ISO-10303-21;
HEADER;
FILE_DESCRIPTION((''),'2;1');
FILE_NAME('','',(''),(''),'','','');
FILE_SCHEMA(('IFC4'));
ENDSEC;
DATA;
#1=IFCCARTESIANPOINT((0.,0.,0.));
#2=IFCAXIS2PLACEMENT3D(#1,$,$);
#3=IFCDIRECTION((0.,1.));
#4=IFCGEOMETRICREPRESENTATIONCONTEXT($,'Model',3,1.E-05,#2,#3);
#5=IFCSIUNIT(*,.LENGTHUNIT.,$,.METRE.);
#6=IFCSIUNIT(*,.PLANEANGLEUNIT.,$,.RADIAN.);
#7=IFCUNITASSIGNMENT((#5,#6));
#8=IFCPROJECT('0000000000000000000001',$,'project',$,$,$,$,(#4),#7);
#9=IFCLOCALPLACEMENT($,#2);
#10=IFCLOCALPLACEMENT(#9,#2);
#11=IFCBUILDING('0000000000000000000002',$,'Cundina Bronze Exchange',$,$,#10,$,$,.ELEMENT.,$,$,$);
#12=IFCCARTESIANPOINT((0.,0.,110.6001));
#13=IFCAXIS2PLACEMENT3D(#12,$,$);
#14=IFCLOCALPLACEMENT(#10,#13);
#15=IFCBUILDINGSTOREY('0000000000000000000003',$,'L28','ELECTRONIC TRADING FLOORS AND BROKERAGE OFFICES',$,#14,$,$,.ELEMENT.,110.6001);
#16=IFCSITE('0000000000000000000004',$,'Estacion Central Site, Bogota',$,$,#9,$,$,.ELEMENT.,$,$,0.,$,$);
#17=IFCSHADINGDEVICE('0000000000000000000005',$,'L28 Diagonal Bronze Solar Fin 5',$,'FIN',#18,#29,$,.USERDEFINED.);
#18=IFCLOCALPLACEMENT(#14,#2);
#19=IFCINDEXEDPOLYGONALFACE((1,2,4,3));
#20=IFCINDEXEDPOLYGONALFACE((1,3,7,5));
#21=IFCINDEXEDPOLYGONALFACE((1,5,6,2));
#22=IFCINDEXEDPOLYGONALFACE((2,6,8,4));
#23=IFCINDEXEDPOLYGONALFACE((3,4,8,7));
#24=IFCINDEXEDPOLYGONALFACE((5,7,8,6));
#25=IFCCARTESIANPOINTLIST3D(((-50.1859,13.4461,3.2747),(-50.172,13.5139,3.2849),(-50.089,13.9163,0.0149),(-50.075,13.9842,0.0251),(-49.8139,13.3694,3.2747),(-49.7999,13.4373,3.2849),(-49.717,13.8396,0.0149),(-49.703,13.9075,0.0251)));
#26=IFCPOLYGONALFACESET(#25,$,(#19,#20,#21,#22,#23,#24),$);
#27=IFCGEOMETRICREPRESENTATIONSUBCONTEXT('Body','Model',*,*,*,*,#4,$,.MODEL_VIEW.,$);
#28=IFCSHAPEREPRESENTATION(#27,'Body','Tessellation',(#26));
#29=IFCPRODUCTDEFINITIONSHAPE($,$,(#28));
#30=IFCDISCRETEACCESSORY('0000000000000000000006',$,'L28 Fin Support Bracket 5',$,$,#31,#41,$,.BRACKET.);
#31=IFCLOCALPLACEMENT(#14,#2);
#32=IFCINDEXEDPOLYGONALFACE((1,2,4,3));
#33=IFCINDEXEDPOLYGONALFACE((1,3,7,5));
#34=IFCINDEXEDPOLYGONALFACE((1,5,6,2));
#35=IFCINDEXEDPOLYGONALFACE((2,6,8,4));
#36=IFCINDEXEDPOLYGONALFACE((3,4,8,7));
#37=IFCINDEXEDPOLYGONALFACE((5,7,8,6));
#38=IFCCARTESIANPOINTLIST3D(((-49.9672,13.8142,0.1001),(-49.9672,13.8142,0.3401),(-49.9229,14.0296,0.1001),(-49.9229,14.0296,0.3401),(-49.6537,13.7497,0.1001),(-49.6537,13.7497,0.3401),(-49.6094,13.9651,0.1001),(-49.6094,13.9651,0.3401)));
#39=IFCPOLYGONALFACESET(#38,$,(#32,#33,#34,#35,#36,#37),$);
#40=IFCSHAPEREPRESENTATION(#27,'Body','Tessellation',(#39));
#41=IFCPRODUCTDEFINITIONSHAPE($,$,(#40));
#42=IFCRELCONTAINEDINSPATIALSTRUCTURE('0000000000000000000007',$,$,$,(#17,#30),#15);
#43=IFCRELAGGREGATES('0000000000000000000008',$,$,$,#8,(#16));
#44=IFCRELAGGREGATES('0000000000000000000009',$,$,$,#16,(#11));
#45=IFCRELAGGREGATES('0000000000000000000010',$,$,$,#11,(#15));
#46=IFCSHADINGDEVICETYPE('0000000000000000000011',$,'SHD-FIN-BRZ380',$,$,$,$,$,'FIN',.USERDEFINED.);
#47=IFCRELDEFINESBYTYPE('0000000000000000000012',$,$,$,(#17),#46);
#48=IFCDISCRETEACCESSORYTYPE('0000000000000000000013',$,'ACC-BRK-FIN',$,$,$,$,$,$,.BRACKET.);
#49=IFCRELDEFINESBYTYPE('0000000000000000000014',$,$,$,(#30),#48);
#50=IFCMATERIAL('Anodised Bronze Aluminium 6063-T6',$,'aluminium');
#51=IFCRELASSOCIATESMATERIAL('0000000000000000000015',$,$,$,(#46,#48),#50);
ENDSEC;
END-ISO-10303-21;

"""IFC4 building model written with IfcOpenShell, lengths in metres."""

from ifc_helpers import new_model, si_unit, direction, frame, origin, origin_2d, place, context, subcontext, project, spatial, rectangle, extrude, material, material_profile, profile_set, type_object, element, save


model = new_model("IFC4")

# Units and contexts
model_context = context("Model", 3, precision=1e-05, world=origin(), true_north=direction((0.0, 1.0)))
body_context = subcontext(model_context, "Body", "Model", "MODEL_VIEW")
ifc_project = project(units=[si_unit("LENGTHUNIT", "METRE"), si_unit("PLANEANGLEUNIT", "RADIAN")], contexts=[model_context])

# Site, building, storey
site_placement = place(None, origin())
site = spatial("IfcSite", under=ifc_project, at=site_placement, Name="Estacion Central Site, Bogota", CompositionType="ELEMENT", RefElevation=0.0)
building_placement = place(site_placement, origin())
building = spatial("IfcBuilding", under=site, at=building_placement, Name="Cundina Bronze Exchange", CompositionType="ELEMENT")
storey_placement = place(building_placement, frame((0.0, 0.0, 110.6001)))
storey = spatial("IfcBuildingStorey", under=building, at=storey_placement, Name="L28", Description="ELECTRONIC TRADING FLOORS AND BROKERAGE OFFICES", CompositionType="ELEMENT", Elevation=110.6001)

# Shared definitions
ifc_material_1 = material(Name="Anodised Bronze Aluminium 6063-T6", Category="aluminium")

# Shading device
ifc_material_profile_1 = material_profile(ifc_material_1, rectangle(XDim=0.0701, YDim=0.3799, at=origin_2d()), Name="FIN70X380", Category="aluminium")
ifc_profile_set_1 = profile_set([ifc_material_profile_1], Name="Anodised Bronze Aluminium 6063-T6")
shading_device_type = type_object("IfcShadingDeviceType", Name="SHD-FIN-BRZ380", ElementType="FIN", PredefinedType="USERDEFINED", material=ifc_profile_set_1)
shading_device_placement = place(storey_placement, frame((-49.896, 13.9119, 0.02), z_axis=(-0.029416, -0.142709, 0.989328), x_axis=(0.199728, 0.968957, 0.145709)))
element("IfcShadingDevice", 1, at=shading_device_placement, inside=storey, type_object=shading_device_type, Name="L28 Diagonal Bronze Solar Fin 5", ObjectType="FIN", PredefinedType="USERDEFINED", context=body_context, shape_type="SweptSolid", body=[
    extrude(rectangle(XDim=0.0701, YDim=0.3799, at=origin_2d()), origin(), (0.0, 0.0, 1.0), 3.2949),
])

# Discrete accessory
discrete_accessory_type = type_object("IfcDiscreteAccessoryType", Name="ACC-BRK-FIN", PredefinedType="BRACKET", material=ifc_material_1)
discrete_accessory_placement = place(storey_placement, frame((-49.7883, 13.8896, 0.1001), z_axis=(0.0, 0.0, 1.0), x_axis=(-0.20142, -0.979505, 0.0)))
element("IfcDiscreteAccessory", 2, at=discrete_accessory_placement, inside=storey, type_object=discrete_accessory_type, Name="L28 Fin Support Bracket 5", PredefinedType="BRACKET", context=body_context, shape_type="SweptSolid", body=[
    extrude(rectangle(XDim=0.22, YDim=0.3201, at=origin_2d()), origin(), (0.0, 0.0, 1.0), 0.24),
])

save(model, "model.ifc")
